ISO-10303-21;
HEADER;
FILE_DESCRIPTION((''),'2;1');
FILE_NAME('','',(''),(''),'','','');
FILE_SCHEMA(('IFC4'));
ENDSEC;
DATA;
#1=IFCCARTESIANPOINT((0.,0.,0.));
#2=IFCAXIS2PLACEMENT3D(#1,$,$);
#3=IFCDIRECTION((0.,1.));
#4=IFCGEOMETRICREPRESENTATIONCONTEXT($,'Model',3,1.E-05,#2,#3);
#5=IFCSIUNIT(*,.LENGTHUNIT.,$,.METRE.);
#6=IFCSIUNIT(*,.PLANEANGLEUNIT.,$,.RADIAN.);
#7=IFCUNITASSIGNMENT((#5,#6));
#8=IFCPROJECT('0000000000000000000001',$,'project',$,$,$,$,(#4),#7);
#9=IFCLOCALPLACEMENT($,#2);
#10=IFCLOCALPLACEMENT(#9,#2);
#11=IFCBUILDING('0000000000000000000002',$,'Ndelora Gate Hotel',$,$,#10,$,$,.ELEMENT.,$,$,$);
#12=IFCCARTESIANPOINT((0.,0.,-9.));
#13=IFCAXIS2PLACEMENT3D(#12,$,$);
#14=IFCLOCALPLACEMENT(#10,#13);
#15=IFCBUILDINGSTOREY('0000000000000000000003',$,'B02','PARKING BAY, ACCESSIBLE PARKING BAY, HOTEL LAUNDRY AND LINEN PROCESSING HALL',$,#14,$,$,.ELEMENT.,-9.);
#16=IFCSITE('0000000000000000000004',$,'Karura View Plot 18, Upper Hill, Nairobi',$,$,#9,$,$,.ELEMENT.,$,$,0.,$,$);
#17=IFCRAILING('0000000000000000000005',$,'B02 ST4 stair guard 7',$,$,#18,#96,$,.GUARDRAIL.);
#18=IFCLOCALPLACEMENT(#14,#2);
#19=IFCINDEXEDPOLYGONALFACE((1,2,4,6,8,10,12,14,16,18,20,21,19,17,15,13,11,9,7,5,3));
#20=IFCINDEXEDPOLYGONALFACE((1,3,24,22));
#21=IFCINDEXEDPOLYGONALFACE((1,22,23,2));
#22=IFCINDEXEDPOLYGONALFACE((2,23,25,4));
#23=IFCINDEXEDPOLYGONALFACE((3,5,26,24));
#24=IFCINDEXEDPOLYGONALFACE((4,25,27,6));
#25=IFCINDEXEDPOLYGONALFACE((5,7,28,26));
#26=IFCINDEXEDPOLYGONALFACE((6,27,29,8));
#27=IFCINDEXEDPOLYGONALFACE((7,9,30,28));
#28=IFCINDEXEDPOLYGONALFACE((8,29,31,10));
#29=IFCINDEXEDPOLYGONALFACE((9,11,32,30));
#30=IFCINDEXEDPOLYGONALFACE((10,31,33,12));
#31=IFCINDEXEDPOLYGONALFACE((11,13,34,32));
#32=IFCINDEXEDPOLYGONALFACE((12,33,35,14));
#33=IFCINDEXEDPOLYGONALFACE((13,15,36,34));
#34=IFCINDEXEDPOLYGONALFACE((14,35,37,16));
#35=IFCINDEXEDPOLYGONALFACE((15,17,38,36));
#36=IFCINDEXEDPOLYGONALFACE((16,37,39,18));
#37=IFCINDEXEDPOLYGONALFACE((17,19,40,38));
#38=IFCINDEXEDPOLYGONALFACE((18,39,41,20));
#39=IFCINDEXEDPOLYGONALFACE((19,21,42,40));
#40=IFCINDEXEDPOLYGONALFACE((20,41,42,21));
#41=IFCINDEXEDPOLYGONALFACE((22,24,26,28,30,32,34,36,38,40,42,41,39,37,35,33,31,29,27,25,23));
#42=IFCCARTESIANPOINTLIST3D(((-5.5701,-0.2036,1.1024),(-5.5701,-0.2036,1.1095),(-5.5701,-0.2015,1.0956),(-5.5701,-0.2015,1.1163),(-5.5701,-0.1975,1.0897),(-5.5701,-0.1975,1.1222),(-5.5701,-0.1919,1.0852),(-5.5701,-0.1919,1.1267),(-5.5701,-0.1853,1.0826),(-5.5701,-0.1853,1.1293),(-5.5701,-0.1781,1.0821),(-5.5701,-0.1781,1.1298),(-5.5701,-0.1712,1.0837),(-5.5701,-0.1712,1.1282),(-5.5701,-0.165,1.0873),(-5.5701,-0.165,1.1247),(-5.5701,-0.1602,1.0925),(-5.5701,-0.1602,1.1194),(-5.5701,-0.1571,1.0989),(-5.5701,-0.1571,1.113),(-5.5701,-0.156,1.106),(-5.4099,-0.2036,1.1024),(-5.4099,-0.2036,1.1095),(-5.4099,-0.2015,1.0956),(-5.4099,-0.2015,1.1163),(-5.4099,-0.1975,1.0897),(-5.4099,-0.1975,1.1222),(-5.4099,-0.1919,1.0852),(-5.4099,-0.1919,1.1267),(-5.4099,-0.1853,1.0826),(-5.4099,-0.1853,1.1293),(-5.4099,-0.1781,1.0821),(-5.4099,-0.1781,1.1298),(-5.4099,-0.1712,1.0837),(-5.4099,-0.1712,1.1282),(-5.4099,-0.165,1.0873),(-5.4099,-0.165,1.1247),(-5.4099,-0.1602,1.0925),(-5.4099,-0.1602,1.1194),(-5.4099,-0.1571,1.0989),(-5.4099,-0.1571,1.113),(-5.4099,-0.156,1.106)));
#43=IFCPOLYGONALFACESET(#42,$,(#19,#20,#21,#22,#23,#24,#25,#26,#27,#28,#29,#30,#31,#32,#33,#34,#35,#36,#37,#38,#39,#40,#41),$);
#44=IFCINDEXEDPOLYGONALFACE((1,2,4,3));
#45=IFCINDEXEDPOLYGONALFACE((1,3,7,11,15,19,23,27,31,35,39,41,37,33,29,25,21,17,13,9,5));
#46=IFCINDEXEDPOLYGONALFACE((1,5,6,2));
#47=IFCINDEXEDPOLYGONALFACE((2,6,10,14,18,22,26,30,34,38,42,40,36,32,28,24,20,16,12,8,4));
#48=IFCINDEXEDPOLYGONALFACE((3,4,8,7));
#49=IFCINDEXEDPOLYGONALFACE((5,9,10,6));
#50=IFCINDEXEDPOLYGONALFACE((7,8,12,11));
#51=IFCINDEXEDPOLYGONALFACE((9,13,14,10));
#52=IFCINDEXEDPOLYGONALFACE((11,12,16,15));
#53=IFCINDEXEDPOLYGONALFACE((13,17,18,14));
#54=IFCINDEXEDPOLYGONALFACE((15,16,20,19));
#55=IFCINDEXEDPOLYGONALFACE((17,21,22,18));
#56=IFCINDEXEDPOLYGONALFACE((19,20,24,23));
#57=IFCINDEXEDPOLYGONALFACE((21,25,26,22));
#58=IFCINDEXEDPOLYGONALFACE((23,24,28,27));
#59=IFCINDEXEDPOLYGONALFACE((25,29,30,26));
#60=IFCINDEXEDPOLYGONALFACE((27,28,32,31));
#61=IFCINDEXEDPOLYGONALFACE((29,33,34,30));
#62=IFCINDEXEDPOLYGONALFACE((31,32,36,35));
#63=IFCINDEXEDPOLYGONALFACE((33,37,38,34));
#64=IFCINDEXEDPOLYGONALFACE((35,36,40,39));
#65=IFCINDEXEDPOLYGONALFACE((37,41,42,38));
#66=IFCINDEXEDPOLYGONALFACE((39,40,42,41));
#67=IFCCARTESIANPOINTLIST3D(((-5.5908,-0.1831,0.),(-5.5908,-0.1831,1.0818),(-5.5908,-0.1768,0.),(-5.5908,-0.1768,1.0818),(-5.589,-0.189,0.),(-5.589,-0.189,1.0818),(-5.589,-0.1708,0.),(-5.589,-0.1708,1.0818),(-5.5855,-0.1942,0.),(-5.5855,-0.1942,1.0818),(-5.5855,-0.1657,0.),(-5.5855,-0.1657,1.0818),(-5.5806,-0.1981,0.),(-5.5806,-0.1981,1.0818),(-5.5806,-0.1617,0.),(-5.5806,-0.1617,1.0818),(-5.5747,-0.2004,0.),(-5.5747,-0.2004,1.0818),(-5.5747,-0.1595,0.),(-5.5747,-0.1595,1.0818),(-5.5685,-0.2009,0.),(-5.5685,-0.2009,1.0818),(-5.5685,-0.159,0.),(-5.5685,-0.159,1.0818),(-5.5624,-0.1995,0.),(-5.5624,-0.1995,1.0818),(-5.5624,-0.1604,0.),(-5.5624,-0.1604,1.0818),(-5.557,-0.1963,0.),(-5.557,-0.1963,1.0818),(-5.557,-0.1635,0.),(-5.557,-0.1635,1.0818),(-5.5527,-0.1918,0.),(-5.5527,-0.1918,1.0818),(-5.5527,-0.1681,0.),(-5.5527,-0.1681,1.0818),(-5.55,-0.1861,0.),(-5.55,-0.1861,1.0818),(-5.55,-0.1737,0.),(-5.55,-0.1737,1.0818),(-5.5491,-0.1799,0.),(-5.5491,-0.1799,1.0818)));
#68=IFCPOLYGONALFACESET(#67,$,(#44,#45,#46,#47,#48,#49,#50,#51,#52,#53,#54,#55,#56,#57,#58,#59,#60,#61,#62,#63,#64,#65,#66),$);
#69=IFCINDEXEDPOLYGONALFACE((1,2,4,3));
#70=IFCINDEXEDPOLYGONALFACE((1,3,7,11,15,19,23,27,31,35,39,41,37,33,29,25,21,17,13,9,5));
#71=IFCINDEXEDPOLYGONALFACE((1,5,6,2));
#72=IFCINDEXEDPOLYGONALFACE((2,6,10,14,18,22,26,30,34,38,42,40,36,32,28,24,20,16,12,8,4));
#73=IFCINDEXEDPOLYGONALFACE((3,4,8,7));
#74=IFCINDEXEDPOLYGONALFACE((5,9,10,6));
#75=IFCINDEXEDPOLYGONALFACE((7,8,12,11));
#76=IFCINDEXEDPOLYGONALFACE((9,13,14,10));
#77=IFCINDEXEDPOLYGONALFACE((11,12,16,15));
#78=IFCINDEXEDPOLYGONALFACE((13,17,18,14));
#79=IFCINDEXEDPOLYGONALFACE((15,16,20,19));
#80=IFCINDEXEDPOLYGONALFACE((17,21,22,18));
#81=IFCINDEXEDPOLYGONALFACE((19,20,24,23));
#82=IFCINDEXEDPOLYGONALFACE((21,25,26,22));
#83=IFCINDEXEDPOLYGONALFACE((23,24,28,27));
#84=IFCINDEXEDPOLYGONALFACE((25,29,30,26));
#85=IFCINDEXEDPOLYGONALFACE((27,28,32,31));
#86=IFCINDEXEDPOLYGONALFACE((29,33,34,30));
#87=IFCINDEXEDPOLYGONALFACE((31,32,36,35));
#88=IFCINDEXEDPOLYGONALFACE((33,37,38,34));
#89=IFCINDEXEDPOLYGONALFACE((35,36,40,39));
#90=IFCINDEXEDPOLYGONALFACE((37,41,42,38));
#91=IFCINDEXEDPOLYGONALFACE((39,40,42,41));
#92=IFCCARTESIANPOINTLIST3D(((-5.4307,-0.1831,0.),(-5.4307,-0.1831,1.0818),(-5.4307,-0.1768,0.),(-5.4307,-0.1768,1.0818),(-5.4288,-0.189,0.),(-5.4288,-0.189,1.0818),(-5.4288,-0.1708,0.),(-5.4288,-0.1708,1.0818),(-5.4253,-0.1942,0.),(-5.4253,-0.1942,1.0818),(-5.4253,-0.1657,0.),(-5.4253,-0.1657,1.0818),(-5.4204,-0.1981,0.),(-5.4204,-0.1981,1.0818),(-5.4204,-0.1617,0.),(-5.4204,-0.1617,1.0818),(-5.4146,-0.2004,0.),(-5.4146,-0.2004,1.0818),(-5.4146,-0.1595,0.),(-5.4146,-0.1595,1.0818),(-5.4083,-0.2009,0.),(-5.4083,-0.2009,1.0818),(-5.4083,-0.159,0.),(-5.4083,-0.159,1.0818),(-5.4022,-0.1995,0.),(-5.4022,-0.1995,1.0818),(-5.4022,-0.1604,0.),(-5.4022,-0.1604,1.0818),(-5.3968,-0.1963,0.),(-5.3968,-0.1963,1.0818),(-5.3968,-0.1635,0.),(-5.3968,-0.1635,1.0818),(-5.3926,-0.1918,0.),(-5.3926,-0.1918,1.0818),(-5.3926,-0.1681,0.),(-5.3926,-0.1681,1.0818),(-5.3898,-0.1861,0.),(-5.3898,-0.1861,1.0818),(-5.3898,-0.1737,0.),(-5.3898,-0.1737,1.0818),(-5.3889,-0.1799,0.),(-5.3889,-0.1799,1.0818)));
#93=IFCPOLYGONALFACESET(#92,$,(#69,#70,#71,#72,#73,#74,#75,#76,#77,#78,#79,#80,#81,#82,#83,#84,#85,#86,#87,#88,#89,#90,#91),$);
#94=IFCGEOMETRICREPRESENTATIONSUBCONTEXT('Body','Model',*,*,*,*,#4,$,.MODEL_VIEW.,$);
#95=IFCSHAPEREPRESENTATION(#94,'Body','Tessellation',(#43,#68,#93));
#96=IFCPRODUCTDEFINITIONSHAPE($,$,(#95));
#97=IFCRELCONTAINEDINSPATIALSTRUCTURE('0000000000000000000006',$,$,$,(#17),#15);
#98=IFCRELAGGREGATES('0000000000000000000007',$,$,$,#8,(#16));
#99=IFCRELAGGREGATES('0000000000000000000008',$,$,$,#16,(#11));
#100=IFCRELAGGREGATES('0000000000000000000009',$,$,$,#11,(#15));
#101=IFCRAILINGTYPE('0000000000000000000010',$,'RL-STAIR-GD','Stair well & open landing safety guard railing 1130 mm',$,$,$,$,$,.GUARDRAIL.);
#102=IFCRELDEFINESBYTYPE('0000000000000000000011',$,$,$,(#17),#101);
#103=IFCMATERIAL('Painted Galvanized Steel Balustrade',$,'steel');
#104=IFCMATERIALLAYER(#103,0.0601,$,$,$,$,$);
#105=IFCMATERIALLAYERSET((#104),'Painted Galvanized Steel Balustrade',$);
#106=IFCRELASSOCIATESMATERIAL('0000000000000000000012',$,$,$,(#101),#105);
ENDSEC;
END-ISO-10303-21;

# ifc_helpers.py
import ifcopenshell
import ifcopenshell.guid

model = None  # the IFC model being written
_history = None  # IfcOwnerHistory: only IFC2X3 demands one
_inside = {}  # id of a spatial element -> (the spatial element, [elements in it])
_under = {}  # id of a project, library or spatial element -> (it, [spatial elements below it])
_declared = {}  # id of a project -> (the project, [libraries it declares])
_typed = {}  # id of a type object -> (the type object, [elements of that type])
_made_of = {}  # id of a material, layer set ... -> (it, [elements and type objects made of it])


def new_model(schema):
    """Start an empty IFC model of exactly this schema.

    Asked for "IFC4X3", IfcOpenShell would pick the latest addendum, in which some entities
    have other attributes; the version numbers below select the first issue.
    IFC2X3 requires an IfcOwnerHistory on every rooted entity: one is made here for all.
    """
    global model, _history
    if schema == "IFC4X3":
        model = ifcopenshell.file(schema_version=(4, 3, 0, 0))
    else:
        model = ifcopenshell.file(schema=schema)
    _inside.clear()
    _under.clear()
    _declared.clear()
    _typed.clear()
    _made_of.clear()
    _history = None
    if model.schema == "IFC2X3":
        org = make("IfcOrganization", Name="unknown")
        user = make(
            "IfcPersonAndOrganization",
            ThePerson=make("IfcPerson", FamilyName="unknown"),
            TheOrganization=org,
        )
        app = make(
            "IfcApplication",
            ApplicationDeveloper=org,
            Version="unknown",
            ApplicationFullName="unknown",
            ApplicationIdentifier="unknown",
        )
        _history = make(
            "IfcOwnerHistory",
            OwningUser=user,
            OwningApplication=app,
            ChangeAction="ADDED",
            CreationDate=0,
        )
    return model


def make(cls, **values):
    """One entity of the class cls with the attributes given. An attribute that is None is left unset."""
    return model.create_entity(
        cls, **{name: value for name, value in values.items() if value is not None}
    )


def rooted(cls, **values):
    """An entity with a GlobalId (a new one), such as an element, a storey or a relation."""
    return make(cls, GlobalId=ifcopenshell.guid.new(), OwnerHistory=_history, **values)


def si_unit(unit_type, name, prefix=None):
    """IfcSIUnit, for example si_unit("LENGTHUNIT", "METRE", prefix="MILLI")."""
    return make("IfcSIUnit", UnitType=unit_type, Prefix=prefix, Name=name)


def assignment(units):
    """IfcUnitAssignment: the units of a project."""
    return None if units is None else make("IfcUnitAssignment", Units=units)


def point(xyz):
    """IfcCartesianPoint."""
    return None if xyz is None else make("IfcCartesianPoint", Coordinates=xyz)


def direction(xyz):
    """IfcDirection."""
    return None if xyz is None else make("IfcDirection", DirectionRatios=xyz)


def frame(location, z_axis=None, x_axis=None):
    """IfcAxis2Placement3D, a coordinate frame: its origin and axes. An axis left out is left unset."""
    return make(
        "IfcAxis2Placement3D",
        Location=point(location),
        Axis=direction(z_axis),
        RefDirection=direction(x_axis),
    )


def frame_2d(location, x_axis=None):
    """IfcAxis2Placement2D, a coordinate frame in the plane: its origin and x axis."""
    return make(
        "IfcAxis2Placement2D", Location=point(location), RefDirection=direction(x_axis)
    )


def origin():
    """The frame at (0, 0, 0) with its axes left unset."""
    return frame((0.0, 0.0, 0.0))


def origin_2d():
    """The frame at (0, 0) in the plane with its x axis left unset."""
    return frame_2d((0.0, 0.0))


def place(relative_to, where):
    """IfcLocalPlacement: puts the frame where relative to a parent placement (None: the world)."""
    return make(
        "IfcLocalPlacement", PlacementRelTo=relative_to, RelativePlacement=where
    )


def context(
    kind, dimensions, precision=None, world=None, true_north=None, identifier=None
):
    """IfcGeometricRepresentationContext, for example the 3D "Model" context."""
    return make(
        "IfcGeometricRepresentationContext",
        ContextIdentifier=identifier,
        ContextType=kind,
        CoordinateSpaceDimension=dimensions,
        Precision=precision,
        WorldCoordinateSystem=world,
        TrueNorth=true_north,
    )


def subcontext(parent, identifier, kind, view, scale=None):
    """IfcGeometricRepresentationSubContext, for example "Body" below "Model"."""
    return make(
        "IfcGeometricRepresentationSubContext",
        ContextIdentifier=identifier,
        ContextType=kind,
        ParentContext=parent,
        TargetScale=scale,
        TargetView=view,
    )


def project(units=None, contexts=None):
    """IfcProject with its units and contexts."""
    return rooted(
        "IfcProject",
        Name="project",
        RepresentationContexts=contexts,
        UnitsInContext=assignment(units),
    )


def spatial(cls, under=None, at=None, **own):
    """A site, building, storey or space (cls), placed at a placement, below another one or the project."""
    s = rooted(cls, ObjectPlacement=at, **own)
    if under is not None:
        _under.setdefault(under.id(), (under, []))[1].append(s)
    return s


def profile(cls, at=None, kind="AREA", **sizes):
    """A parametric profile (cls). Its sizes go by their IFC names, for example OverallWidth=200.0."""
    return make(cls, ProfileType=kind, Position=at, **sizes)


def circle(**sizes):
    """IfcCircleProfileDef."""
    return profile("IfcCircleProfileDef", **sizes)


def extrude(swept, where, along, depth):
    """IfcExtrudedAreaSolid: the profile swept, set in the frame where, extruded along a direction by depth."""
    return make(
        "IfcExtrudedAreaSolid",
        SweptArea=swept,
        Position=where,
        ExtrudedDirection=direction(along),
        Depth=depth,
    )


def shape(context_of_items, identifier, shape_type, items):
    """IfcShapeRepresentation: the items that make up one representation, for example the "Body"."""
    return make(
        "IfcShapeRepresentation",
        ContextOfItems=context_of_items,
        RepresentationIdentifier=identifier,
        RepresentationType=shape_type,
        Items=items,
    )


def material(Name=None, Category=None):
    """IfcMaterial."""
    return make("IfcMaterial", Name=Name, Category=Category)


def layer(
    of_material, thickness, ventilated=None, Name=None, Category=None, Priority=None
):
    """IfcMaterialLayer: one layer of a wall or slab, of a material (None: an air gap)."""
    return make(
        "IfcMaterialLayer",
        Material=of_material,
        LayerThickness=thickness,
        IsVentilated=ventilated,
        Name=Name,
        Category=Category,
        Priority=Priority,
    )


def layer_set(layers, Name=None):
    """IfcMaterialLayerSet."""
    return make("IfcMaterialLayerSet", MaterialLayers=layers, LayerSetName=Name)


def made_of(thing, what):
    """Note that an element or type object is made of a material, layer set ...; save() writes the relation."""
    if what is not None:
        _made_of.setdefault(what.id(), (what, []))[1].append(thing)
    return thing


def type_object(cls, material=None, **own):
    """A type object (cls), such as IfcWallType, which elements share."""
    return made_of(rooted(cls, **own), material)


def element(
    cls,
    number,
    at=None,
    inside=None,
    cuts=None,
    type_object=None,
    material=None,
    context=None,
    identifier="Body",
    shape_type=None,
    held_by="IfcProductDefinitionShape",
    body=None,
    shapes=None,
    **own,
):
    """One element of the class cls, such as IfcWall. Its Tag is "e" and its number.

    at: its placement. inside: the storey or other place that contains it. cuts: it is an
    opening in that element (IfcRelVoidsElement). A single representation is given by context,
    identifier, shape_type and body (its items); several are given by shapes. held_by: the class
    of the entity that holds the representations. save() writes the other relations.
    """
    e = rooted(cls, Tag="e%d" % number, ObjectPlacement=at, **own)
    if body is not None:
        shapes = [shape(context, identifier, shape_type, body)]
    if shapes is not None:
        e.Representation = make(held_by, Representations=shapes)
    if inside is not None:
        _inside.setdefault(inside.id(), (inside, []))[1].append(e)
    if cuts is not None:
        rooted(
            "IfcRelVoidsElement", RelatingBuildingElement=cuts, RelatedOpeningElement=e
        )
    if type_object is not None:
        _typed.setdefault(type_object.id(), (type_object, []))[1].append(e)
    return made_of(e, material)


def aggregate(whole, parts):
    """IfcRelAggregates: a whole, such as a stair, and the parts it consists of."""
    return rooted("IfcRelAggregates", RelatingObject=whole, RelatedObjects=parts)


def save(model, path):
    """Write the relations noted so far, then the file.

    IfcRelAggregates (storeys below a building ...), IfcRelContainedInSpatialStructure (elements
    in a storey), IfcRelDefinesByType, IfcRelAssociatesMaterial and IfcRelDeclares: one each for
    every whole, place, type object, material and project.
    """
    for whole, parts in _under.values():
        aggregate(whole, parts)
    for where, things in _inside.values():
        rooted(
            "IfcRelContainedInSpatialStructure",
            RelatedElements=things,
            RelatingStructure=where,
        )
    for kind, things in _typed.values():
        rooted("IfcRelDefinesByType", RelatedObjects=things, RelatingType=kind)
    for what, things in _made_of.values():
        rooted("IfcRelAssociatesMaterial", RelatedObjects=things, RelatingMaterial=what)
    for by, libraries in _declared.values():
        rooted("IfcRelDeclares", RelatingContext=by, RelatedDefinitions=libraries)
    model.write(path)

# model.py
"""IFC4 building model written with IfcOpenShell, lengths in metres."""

from ifc_helpers import new_model, si_unit, direction, frame, origin, origin_2d, place, context, subcontext, project, spatial, circle, extrude, material, layer, layer_set, type_object, element, save


model = new_model("IFC4")

# Units and contexts
model_context = context("Model", 3, precision=1e-05, world=origin(), true_north=direction((0.0, 1.0)))
body_context = subcontext(model_context, "Body", "Model", "MODEL_VIEW")
ifc_project = project(units=[si_unit("LENGTHUNIT", "METRE"), si_unit("PLANEANGLEUNIT", "RADIAN")], contexts=[model_context])

# Site, building, storey
site_placement = place(None, origin())
site = spatial("IfcSite", under=ifc_project, at=site_placement, Name="Karura View Plot 18, Upper Hill, Nairobi", CompositionType="ELEMENT", RefElevation=0.0)
building_placement = place(site_placement, origin())
building = spatial("IfcBuilding", under=site, at=building_placement, Name="Ndelora Gate Hotel", CompositionType="ELEMENT")
storey_placement = place(building_placement, frame((0.0, 0.0, -9.0)))
storey = spatial("IfcBuildingStorey", under=building, at=storey_placement, Name="B02", Description="PARKING BAY, ACCESSIBLE PARKING BAY, HOTEL LAUNDRY AND LINEN PROCESSING HALL", CompositionType="ELEMENT", Elevation=-9.0)

# Railing
ifc_material_1 = material(Name="Painted Galvanized Steel Balustrade", Category="steel")
ifc_layer_1 = layer(ifc_material_1, 0.0601)
ifc_layer_set_1 = layer_set([ifc_layer_1], Name="Painted Galvanized Steel Balustrade")
railing_type_1 = type_object("IfcRailingType", Name="RL-STAIR-GD", Description="Stair well & open landing safety guard railing 1130 mm", PredefinedType="GUARDRAIL", material=ifc_layer_set_1)
railing_1_placement = place(storey_placement, frame((-5.5701, -0.1799, 0.0)))
element("IfcRailing", 1, at=railing_1_placement, inside=storey, type_object=railing_type_1, Name="B02 ST4 stair guard 7", PredefinedType="GUARDRAIL", context=body_context, shape_type="SweptSolid", body=[
    extrude(circle(Radius=0.0239, at=origin_2d()), frame((0.0, 0.0, 1.106), z_axis=(1.0, 0.0, 0.0), x_axis=(0.0, 1.0, 0.0)), (0.0, 0.0, 1.0), 0.1602),
    extrude(circle(Radius=0.021, at=origin_2d()), origin(), (0.0, 0.0, 1.0), 1.0818),
    extrude(circle(Radius=0.021, at=origin_2d()), frame((0.1602, 0.0, 0.0)), (0.0, 0.0, 1.0), 1.0818),
])

save(model, "model.ifc")
